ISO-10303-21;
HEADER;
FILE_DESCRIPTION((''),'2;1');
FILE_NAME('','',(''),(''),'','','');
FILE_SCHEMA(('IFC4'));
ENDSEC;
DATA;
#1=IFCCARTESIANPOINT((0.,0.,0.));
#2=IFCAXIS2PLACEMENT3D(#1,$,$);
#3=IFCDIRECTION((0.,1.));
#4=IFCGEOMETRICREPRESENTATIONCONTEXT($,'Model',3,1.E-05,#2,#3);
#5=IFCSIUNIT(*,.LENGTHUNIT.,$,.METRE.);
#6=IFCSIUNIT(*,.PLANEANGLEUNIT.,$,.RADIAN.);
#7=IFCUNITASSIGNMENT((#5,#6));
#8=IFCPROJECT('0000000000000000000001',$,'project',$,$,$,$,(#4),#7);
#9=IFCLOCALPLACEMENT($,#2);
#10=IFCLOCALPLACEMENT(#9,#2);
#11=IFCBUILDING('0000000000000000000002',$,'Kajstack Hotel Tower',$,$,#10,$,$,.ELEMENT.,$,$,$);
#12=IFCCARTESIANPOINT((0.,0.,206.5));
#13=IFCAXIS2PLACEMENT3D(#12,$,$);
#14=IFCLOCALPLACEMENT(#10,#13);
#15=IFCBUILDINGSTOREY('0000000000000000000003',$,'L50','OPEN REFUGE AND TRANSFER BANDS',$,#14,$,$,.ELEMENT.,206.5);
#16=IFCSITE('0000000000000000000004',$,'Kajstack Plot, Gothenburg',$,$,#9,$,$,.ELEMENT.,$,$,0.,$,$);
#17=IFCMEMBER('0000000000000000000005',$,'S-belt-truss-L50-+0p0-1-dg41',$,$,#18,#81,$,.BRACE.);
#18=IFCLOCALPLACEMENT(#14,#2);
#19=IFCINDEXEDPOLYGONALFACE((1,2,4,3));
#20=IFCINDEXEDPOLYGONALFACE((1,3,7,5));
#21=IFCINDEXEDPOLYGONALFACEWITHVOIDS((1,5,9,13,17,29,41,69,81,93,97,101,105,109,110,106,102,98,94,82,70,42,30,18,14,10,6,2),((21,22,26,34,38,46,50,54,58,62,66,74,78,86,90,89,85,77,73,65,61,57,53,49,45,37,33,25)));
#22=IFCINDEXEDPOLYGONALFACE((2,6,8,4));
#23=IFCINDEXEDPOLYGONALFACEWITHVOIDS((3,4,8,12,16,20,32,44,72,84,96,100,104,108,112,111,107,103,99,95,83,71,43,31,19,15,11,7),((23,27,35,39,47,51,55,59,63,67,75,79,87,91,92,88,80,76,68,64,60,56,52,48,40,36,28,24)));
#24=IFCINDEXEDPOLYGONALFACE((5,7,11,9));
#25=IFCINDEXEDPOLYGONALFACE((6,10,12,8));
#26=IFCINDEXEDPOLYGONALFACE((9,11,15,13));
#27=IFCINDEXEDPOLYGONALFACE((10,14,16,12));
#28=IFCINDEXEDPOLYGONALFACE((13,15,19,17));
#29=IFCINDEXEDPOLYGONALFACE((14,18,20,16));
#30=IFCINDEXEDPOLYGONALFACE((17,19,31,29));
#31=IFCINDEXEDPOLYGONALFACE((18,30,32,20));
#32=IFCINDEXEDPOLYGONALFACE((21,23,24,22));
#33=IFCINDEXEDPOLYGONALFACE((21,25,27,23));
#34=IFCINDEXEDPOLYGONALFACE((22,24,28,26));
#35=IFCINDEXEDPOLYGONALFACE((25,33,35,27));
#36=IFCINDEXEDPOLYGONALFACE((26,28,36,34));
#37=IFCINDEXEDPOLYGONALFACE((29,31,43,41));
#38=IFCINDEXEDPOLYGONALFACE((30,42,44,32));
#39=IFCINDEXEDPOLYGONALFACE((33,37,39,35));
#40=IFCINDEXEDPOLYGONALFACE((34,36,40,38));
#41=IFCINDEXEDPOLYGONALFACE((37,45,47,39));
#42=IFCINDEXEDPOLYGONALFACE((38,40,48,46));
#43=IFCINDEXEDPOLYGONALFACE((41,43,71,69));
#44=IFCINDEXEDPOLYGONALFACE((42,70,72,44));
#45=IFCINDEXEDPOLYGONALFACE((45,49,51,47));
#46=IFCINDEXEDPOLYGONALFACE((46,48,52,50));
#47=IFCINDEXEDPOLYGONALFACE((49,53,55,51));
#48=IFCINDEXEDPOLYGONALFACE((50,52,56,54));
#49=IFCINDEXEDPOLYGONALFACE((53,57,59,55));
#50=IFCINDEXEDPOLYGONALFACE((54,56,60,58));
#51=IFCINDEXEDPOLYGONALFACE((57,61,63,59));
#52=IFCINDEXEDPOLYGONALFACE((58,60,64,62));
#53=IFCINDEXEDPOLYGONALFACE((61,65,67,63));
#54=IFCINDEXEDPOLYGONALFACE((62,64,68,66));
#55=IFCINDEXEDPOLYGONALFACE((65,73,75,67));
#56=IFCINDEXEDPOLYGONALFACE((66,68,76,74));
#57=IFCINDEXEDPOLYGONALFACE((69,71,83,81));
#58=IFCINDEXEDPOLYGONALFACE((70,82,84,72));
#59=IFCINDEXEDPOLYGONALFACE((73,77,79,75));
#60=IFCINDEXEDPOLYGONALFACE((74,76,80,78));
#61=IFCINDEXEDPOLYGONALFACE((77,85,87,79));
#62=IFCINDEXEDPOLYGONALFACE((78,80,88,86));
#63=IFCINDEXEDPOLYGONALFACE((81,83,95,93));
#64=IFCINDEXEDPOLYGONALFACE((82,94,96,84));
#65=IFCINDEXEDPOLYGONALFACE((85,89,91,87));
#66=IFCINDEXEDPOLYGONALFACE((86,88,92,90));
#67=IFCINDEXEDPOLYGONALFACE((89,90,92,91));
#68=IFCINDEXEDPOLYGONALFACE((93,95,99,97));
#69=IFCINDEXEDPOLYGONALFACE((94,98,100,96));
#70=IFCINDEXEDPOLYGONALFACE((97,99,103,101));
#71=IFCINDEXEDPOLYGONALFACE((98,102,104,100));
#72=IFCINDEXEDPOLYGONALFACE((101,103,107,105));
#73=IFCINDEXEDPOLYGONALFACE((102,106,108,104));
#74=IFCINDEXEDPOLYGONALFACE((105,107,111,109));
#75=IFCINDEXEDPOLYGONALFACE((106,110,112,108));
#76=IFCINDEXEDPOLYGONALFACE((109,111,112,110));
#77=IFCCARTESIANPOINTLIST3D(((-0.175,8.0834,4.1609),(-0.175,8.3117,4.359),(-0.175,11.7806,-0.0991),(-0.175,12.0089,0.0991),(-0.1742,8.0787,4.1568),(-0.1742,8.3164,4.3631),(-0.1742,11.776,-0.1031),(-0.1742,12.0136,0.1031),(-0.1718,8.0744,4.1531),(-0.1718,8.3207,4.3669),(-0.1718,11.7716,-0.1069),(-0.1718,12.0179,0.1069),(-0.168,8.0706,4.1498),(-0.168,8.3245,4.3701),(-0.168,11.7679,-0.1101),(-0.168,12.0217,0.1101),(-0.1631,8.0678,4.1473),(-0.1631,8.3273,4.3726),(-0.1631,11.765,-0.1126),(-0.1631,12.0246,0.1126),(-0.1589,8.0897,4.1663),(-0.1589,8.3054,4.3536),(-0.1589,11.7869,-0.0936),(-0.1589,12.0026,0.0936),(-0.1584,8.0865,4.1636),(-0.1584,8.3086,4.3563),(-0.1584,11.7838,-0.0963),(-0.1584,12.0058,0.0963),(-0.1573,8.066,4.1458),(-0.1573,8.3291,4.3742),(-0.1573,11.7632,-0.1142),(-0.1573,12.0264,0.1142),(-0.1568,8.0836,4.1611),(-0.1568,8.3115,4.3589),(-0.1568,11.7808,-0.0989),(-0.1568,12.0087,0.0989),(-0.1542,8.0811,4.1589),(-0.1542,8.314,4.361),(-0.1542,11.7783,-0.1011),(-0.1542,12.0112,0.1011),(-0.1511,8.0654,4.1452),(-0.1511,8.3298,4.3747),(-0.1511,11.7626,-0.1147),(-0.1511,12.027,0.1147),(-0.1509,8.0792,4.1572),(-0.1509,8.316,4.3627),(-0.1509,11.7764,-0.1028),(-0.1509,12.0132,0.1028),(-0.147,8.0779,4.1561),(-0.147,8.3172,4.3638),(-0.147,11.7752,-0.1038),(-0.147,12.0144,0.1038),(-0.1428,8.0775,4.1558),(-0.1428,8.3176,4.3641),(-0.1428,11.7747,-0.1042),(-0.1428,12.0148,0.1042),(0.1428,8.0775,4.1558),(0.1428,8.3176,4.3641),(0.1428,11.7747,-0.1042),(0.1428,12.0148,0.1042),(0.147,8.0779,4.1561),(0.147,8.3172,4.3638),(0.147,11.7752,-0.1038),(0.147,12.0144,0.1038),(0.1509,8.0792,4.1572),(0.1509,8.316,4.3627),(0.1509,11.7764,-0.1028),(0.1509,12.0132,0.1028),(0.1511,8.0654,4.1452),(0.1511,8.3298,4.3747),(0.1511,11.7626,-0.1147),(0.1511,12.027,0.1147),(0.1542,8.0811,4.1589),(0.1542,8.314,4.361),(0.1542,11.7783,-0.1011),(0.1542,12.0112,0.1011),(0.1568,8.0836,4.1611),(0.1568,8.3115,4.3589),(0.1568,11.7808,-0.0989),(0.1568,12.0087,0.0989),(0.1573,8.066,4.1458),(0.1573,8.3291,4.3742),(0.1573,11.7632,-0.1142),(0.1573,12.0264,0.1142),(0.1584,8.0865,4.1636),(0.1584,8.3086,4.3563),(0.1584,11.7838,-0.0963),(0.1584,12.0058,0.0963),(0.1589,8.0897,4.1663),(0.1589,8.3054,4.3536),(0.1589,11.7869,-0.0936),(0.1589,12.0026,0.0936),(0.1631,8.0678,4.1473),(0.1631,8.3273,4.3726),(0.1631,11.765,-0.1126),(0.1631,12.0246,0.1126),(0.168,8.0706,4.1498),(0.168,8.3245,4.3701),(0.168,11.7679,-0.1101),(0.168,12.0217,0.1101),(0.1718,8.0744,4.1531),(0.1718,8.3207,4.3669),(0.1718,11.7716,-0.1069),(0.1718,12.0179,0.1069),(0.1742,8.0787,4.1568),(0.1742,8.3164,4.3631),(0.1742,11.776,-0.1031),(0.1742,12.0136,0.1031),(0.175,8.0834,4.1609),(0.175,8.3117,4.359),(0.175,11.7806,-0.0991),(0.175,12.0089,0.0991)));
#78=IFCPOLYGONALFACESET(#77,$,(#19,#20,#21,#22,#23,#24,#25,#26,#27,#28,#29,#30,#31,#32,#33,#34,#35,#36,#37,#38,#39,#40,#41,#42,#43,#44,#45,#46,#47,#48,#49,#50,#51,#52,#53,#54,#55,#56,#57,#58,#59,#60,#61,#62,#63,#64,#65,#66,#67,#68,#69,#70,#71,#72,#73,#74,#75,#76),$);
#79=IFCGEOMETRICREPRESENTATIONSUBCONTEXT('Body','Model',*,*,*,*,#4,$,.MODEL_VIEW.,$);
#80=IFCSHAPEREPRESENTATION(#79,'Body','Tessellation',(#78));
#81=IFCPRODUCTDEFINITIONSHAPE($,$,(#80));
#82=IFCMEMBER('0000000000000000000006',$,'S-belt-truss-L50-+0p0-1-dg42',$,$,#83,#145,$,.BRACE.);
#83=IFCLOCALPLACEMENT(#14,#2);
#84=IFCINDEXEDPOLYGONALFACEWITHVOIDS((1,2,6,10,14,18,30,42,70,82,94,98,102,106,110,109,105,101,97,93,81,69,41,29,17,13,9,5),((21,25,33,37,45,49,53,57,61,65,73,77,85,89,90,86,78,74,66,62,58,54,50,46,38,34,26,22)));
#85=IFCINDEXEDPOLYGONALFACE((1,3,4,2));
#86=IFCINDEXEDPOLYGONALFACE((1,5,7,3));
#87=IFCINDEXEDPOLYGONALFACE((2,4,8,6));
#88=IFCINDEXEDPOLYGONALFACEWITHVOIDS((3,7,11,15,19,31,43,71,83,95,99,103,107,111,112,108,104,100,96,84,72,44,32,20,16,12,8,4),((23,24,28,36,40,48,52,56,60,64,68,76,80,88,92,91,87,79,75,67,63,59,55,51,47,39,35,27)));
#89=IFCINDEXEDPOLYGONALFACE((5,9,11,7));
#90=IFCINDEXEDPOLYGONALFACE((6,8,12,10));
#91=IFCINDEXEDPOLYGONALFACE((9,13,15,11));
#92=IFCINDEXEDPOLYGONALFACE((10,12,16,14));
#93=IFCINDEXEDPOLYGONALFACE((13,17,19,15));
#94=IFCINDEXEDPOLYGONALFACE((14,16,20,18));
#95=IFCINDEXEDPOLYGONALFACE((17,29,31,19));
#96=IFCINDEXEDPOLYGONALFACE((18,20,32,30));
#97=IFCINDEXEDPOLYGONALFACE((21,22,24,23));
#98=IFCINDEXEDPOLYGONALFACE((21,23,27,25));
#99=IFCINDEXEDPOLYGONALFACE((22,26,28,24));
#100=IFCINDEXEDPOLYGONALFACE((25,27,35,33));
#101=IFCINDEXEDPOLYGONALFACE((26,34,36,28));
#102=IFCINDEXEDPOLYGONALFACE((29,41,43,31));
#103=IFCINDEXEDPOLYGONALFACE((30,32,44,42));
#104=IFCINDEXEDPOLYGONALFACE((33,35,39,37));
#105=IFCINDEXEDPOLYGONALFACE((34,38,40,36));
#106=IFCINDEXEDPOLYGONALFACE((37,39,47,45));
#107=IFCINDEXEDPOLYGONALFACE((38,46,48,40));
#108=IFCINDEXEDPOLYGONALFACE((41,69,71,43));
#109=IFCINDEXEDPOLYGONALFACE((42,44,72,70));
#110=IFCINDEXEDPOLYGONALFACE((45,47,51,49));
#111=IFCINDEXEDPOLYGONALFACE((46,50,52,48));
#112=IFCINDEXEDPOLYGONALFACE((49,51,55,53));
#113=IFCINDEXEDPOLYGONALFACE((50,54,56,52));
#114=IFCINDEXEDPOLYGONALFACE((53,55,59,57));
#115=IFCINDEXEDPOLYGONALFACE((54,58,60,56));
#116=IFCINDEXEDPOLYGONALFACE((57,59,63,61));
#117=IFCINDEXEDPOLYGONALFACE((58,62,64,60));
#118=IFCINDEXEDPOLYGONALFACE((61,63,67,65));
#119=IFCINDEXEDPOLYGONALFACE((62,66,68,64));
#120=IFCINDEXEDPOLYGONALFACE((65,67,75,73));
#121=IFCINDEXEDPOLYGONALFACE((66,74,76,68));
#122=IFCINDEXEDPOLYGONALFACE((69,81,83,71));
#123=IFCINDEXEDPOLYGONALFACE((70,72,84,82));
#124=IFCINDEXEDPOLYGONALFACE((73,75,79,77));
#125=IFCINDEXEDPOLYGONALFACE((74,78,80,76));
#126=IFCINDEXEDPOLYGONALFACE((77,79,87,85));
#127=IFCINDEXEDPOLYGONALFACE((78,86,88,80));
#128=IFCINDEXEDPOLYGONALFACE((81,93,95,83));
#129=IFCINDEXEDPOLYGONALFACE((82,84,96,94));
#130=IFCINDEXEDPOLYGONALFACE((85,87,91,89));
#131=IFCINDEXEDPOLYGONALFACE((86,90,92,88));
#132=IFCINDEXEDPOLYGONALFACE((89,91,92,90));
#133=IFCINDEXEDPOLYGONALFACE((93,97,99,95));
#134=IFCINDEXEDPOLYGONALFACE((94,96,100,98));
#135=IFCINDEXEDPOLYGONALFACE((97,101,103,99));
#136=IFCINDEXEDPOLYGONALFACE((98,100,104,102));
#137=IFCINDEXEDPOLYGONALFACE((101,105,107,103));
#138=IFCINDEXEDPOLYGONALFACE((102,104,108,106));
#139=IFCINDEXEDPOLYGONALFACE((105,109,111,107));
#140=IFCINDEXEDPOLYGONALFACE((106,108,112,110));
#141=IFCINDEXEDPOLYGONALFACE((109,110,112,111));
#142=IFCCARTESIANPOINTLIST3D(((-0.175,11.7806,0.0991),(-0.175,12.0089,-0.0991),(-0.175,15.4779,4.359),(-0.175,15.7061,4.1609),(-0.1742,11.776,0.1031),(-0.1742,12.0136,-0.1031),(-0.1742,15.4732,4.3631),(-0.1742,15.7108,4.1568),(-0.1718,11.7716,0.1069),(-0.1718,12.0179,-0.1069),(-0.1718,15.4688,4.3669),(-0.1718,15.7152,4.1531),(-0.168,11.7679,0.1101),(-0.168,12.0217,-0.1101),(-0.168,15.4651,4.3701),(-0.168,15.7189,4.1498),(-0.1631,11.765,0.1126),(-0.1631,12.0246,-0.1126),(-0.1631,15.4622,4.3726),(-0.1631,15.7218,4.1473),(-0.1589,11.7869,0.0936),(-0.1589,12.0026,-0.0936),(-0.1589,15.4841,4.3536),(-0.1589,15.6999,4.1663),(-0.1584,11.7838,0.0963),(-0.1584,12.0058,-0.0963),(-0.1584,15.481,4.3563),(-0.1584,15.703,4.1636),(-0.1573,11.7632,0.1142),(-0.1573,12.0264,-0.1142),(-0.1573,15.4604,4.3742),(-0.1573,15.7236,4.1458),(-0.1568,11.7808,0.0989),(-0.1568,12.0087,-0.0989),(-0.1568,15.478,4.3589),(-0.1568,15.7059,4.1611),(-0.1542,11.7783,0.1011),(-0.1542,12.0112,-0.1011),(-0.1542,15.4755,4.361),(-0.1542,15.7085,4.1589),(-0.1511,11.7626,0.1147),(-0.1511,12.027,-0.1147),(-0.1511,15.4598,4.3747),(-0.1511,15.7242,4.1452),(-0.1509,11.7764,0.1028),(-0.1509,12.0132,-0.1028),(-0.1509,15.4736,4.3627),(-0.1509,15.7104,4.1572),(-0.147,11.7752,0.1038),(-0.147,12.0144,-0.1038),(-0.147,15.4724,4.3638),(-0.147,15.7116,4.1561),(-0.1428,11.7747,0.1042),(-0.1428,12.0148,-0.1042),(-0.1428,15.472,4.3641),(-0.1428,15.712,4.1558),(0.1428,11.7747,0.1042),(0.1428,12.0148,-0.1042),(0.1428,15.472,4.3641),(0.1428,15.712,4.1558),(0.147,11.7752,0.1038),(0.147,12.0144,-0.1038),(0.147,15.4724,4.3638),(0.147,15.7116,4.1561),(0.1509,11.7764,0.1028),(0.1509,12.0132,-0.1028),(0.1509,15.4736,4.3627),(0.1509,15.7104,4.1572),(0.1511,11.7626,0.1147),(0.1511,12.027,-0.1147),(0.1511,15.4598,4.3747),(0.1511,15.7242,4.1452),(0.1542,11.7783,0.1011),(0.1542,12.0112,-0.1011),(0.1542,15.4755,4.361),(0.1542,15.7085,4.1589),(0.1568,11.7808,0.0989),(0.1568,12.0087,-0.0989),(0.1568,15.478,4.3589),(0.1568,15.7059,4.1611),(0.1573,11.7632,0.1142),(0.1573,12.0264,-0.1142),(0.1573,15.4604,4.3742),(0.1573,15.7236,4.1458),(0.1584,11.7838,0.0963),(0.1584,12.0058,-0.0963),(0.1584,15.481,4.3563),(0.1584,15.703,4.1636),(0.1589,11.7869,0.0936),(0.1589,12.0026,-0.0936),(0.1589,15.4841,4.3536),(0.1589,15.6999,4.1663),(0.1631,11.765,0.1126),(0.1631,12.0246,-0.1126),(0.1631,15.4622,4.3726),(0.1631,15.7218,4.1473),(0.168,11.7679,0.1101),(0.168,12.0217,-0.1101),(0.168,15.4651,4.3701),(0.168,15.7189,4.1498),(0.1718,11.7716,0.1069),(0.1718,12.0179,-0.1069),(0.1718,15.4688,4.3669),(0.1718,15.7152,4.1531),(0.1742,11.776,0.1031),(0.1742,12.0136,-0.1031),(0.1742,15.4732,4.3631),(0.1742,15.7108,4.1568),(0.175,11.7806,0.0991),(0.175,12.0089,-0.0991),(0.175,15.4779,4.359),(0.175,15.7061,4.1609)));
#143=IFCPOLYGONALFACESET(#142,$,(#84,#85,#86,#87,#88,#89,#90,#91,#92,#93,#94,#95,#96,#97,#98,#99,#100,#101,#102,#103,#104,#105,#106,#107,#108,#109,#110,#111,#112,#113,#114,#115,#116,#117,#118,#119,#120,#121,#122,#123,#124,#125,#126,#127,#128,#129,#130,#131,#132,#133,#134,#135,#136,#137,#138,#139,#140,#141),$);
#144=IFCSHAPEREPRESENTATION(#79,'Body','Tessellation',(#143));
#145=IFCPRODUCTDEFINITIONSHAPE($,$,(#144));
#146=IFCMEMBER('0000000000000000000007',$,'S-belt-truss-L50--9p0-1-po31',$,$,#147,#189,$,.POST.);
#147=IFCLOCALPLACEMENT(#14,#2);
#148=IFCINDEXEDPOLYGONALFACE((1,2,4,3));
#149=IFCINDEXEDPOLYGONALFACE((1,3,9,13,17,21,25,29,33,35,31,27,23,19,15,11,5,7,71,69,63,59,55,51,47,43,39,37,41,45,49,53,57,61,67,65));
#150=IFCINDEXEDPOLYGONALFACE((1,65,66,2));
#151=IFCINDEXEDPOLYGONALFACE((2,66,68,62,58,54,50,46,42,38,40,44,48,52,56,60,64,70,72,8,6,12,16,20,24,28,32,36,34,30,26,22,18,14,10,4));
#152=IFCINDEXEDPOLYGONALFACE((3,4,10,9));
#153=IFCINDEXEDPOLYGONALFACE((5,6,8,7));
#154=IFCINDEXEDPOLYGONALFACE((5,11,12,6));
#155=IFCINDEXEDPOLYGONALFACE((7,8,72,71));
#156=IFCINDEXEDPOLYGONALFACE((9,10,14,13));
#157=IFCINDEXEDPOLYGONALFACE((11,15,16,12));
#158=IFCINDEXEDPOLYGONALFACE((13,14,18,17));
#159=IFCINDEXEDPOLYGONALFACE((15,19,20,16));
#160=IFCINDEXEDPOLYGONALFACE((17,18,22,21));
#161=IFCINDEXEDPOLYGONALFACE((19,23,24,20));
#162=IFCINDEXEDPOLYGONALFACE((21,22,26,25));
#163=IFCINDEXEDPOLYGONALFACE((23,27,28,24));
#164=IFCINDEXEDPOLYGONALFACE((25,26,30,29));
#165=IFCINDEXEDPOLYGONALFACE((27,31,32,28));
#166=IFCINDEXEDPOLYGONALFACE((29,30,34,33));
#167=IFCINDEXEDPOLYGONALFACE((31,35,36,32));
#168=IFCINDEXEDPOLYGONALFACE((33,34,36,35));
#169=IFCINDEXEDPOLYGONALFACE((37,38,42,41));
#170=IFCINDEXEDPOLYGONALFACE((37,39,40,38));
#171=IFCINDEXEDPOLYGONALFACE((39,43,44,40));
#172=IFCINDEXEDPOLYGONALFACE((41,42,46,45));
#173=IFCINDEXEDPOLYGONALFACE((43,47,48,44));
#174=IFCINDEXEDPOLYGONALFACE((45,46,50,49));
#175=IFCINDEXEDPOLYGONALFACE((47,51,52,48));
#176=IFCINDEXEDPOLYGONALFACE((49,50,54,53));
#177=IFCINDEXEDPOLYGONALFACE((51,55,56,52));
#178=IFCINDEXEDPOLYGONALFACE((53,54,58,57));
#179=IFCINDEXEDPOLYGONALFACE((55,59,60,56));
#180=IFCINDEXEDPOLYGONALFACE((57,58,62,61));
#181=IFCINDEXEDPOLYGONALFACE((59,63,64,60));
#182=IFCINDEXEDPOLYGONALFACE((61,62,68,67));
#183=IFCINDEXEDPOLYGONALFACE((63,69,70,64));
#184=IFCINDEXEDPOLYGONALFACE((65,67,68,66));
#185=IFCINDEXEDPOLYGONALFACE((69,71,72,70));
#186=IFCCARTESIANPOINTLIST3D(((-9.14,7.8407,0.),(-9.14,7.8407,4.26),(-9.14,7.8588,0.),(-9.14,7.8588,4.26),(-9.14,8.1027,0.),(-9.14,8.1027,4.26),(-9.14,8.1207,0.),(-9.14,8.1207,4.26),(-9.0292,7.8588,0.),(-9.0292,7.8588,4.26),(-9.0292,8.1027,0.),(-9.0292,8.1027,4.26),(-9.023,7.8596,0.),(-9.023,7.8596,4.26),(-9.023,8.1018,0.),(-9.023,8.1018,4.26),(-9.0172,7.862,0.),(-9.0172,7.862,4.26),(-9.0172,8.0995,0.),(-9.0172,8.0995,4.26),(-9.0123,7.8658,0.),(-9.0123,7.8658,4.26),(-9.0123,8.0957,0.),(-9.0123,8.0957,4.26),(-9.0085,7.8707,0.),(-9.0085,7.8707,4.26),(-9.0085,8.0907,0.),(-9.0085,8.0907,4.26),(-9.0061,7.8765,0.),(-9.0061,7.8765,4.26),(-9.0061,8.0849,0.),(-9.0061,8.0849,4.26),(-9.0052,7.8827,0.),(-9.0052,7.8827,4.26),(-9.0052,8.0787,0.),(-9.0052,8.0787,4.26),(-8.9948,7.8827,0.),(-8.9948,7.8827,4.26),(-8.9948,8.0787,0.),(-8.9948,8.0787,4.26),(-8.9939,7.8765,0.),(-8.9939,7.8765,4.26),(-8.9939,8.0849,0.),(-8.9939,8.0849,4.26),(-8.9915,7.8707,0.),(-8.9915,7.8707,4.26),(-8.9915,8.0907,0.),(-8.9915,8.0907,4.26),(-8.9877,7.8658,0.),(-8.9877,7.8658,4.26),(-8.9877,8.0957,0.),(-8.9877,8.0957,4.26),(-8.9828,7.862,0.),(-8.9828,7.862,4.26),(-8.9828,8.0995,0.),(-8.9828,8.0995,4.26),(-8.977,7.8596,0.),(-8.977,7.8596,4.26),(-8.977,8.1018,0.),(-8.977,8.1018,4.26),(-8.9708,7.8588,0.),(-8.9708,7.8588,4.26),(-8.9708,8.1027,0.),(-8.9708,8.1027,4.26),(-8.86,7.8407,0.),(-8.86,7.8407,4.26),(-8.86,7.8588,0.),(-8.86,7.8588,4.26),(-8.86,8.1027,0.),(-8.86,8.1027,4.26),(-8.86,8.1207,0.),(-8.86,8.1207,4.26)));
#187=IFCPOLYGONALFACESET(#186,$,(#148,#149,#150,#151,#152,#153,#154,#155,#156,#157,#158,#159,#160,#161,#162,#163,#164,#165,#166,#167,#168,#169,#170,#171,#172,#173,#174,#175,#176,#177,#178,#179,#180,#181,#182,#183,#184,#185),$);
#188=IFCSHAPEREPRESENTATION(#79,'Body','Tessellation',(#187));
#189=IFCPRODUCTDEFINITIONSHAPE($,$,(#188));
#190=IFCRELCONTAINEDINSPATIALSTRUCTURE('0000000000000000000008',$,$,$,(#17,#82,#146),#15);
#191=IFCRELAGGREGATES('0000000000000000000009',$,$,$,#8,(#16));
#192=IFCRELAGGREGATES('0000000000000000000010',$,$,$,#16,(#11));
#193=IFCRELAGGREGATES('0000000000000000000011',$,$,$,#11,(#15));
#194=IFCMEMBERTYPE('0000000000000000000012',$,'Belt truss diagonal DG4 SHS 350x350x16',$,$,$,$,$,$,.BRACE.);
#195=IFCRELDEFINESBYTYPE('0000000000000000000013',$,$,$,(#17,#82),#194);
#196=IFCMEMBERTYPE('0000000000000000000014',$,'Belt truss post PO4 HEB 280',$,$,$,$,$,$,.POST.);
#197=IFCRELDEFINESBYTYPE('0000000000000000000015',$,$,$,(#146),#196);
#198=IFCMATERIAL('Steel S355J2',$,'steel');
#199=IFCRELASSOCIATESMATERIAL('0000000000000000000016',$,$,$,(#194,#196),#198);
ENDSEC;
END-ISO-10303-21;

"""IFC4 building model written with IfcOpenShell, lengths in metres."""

from ifc_helpers import new_model, si_unit, direction, frame, origin, origin_2d, place, context, subcontext, project, spatial, hollow_rectangle, i_section, extrude, material, material_profile, profile_set, type_object, element, save


model = new_model("IFC4")

# Units and contexts
model_context = context("Model", 3, precision=1e-05, world=origin(), true_north=direction((0.0, 1.0)))
body_context = subcontext(model_context, "Body", "Model", "MODEL_VIEW")
ifc_project = project(units=[si_unit("LENGTHUNIT", "METRE"), si_unit("PLANEANGLEUNIT", "RADIAN")], contexts=[model_context])

# Site, building, storey
site_placement = place(None, origin())
site = spatial("IfcSite", under=ifc_project, at=site_placement, Name="Kajstack Plot, Gothenburg", CompositionType="ELEMENT", RefElevation=0.0)
building_placement = place(site_placement, origin())
building = spatial("IfcBuilding", under=site, at=building_placement, Name="Kajstack Hotel Tower", CompositionType="ELEMENT")
storey_placement = place(building_placement, frame((0.0, 0.0, 206.5)))
storey = spatial("IfcBuildingStorey", under=building, at=storey_placement, Name="L50", Description="OPEN REFUGE AND TRANSFER BANDS", CompositionType="ELEMENT", Elevation=206.5)

# Members
ifc_material = material(Name="Steel S355J2", Category="steel")
ifc_material_profile_1 = material_profile(ifc_material, hollow_rectangle(XDim=0.3501, YDim=0.3501, WallThickness=0.0161, InnerFilletRadius=0.0161, OuterFilletRadius=0.0239, at=origin_2d()), Name="SHS 350x350x16")
ifc_profile_set_1 = profile_set([ifc_material_profile_1], Name="Steel S355J2")
member_type_1 = type_object("IfcMemberType", Name="Belt truss diagonal DG4 SHS 350x350x16", PredefinedType="BRACE", material=ifc_profile_set_1)
for number, where, z_axis, x_axis, name in (
    (1, (0.0, 11.8948, 0.0), (0.0, -0.655463, 0.755228), (1.0, 0.0, 0.0), "S-belt-truss-L50-+0p0-1-dg41"),
    (2, (0.0, 11.8948, 0.0), (0.0, 0.655463, 0.755228), (-1.0, 0.0, 0.0), "S-belt-truss-L50-+0p0-1-dg42"),
):
    element("IfcMember", number, at=place(storey_placement, frame(where, z_axis=z_axis, x_axis=x_axis)), inside=storey, type_object=member_type_1, Name=name, PredefinedType="BRACE", context=body_context, shape_type="SweptSolid", body=[
        extrude(hollow_rectangle(XDim=0.3501, YDim=0.3501, WallThickness=0.0161, InnerFilletRadius=0.0161, OuterFilletRadius=0.0239, at=origin_2d()), origin(), (0.0, 0.0, 1.0), 5.6406),
    ])
ifc_material_profile_2 = material_profile(ifc_material, i_section(OverallWidth=0.28, OverallDepth=0.28, WebThickness=0.0105, FlangeThickness=0.0181, FilletRadius=0.0239, at=origin_2d()), Name="HEB 280")
ifc_profile_set_2 = profile_set([ifc_material_profile_2], Name="Steel S355J2")
member_type_2 = type_object("IfcMemberType", Name="Belt truss post PO4 HEB 280", PredefinedType="POST", material=ifc_profile_set_2)
for number, where, z_axis, x_axis, name in (
    (3, (-9.0, 7.9807, 0.0), (0.0, 0.0, 1.0), (1.0, 0.0, 0.0), "S-belt-truss-L50--9p0-1-po31"),
):
    element("IfcMember", number, at=place(storey_placement, frame(where, z_axis=z_axis, x_axis=x_axis)), inside=storey, type_object=member_type_2, Name=name, PredefinedType="POST", context=body_context, shape_type="SweptSolid", body=[
        extrude(i_section(OverallWidth=0.28, OverallDepth=0.28, WebThickness=0.0105, FlangeThickness=0.0181, FilletRadius=0.0239, at=origin_2d()), origin(), (0.0, 0.0, 1.0), 4.26),
    ])

save(model, "model.ifc")
